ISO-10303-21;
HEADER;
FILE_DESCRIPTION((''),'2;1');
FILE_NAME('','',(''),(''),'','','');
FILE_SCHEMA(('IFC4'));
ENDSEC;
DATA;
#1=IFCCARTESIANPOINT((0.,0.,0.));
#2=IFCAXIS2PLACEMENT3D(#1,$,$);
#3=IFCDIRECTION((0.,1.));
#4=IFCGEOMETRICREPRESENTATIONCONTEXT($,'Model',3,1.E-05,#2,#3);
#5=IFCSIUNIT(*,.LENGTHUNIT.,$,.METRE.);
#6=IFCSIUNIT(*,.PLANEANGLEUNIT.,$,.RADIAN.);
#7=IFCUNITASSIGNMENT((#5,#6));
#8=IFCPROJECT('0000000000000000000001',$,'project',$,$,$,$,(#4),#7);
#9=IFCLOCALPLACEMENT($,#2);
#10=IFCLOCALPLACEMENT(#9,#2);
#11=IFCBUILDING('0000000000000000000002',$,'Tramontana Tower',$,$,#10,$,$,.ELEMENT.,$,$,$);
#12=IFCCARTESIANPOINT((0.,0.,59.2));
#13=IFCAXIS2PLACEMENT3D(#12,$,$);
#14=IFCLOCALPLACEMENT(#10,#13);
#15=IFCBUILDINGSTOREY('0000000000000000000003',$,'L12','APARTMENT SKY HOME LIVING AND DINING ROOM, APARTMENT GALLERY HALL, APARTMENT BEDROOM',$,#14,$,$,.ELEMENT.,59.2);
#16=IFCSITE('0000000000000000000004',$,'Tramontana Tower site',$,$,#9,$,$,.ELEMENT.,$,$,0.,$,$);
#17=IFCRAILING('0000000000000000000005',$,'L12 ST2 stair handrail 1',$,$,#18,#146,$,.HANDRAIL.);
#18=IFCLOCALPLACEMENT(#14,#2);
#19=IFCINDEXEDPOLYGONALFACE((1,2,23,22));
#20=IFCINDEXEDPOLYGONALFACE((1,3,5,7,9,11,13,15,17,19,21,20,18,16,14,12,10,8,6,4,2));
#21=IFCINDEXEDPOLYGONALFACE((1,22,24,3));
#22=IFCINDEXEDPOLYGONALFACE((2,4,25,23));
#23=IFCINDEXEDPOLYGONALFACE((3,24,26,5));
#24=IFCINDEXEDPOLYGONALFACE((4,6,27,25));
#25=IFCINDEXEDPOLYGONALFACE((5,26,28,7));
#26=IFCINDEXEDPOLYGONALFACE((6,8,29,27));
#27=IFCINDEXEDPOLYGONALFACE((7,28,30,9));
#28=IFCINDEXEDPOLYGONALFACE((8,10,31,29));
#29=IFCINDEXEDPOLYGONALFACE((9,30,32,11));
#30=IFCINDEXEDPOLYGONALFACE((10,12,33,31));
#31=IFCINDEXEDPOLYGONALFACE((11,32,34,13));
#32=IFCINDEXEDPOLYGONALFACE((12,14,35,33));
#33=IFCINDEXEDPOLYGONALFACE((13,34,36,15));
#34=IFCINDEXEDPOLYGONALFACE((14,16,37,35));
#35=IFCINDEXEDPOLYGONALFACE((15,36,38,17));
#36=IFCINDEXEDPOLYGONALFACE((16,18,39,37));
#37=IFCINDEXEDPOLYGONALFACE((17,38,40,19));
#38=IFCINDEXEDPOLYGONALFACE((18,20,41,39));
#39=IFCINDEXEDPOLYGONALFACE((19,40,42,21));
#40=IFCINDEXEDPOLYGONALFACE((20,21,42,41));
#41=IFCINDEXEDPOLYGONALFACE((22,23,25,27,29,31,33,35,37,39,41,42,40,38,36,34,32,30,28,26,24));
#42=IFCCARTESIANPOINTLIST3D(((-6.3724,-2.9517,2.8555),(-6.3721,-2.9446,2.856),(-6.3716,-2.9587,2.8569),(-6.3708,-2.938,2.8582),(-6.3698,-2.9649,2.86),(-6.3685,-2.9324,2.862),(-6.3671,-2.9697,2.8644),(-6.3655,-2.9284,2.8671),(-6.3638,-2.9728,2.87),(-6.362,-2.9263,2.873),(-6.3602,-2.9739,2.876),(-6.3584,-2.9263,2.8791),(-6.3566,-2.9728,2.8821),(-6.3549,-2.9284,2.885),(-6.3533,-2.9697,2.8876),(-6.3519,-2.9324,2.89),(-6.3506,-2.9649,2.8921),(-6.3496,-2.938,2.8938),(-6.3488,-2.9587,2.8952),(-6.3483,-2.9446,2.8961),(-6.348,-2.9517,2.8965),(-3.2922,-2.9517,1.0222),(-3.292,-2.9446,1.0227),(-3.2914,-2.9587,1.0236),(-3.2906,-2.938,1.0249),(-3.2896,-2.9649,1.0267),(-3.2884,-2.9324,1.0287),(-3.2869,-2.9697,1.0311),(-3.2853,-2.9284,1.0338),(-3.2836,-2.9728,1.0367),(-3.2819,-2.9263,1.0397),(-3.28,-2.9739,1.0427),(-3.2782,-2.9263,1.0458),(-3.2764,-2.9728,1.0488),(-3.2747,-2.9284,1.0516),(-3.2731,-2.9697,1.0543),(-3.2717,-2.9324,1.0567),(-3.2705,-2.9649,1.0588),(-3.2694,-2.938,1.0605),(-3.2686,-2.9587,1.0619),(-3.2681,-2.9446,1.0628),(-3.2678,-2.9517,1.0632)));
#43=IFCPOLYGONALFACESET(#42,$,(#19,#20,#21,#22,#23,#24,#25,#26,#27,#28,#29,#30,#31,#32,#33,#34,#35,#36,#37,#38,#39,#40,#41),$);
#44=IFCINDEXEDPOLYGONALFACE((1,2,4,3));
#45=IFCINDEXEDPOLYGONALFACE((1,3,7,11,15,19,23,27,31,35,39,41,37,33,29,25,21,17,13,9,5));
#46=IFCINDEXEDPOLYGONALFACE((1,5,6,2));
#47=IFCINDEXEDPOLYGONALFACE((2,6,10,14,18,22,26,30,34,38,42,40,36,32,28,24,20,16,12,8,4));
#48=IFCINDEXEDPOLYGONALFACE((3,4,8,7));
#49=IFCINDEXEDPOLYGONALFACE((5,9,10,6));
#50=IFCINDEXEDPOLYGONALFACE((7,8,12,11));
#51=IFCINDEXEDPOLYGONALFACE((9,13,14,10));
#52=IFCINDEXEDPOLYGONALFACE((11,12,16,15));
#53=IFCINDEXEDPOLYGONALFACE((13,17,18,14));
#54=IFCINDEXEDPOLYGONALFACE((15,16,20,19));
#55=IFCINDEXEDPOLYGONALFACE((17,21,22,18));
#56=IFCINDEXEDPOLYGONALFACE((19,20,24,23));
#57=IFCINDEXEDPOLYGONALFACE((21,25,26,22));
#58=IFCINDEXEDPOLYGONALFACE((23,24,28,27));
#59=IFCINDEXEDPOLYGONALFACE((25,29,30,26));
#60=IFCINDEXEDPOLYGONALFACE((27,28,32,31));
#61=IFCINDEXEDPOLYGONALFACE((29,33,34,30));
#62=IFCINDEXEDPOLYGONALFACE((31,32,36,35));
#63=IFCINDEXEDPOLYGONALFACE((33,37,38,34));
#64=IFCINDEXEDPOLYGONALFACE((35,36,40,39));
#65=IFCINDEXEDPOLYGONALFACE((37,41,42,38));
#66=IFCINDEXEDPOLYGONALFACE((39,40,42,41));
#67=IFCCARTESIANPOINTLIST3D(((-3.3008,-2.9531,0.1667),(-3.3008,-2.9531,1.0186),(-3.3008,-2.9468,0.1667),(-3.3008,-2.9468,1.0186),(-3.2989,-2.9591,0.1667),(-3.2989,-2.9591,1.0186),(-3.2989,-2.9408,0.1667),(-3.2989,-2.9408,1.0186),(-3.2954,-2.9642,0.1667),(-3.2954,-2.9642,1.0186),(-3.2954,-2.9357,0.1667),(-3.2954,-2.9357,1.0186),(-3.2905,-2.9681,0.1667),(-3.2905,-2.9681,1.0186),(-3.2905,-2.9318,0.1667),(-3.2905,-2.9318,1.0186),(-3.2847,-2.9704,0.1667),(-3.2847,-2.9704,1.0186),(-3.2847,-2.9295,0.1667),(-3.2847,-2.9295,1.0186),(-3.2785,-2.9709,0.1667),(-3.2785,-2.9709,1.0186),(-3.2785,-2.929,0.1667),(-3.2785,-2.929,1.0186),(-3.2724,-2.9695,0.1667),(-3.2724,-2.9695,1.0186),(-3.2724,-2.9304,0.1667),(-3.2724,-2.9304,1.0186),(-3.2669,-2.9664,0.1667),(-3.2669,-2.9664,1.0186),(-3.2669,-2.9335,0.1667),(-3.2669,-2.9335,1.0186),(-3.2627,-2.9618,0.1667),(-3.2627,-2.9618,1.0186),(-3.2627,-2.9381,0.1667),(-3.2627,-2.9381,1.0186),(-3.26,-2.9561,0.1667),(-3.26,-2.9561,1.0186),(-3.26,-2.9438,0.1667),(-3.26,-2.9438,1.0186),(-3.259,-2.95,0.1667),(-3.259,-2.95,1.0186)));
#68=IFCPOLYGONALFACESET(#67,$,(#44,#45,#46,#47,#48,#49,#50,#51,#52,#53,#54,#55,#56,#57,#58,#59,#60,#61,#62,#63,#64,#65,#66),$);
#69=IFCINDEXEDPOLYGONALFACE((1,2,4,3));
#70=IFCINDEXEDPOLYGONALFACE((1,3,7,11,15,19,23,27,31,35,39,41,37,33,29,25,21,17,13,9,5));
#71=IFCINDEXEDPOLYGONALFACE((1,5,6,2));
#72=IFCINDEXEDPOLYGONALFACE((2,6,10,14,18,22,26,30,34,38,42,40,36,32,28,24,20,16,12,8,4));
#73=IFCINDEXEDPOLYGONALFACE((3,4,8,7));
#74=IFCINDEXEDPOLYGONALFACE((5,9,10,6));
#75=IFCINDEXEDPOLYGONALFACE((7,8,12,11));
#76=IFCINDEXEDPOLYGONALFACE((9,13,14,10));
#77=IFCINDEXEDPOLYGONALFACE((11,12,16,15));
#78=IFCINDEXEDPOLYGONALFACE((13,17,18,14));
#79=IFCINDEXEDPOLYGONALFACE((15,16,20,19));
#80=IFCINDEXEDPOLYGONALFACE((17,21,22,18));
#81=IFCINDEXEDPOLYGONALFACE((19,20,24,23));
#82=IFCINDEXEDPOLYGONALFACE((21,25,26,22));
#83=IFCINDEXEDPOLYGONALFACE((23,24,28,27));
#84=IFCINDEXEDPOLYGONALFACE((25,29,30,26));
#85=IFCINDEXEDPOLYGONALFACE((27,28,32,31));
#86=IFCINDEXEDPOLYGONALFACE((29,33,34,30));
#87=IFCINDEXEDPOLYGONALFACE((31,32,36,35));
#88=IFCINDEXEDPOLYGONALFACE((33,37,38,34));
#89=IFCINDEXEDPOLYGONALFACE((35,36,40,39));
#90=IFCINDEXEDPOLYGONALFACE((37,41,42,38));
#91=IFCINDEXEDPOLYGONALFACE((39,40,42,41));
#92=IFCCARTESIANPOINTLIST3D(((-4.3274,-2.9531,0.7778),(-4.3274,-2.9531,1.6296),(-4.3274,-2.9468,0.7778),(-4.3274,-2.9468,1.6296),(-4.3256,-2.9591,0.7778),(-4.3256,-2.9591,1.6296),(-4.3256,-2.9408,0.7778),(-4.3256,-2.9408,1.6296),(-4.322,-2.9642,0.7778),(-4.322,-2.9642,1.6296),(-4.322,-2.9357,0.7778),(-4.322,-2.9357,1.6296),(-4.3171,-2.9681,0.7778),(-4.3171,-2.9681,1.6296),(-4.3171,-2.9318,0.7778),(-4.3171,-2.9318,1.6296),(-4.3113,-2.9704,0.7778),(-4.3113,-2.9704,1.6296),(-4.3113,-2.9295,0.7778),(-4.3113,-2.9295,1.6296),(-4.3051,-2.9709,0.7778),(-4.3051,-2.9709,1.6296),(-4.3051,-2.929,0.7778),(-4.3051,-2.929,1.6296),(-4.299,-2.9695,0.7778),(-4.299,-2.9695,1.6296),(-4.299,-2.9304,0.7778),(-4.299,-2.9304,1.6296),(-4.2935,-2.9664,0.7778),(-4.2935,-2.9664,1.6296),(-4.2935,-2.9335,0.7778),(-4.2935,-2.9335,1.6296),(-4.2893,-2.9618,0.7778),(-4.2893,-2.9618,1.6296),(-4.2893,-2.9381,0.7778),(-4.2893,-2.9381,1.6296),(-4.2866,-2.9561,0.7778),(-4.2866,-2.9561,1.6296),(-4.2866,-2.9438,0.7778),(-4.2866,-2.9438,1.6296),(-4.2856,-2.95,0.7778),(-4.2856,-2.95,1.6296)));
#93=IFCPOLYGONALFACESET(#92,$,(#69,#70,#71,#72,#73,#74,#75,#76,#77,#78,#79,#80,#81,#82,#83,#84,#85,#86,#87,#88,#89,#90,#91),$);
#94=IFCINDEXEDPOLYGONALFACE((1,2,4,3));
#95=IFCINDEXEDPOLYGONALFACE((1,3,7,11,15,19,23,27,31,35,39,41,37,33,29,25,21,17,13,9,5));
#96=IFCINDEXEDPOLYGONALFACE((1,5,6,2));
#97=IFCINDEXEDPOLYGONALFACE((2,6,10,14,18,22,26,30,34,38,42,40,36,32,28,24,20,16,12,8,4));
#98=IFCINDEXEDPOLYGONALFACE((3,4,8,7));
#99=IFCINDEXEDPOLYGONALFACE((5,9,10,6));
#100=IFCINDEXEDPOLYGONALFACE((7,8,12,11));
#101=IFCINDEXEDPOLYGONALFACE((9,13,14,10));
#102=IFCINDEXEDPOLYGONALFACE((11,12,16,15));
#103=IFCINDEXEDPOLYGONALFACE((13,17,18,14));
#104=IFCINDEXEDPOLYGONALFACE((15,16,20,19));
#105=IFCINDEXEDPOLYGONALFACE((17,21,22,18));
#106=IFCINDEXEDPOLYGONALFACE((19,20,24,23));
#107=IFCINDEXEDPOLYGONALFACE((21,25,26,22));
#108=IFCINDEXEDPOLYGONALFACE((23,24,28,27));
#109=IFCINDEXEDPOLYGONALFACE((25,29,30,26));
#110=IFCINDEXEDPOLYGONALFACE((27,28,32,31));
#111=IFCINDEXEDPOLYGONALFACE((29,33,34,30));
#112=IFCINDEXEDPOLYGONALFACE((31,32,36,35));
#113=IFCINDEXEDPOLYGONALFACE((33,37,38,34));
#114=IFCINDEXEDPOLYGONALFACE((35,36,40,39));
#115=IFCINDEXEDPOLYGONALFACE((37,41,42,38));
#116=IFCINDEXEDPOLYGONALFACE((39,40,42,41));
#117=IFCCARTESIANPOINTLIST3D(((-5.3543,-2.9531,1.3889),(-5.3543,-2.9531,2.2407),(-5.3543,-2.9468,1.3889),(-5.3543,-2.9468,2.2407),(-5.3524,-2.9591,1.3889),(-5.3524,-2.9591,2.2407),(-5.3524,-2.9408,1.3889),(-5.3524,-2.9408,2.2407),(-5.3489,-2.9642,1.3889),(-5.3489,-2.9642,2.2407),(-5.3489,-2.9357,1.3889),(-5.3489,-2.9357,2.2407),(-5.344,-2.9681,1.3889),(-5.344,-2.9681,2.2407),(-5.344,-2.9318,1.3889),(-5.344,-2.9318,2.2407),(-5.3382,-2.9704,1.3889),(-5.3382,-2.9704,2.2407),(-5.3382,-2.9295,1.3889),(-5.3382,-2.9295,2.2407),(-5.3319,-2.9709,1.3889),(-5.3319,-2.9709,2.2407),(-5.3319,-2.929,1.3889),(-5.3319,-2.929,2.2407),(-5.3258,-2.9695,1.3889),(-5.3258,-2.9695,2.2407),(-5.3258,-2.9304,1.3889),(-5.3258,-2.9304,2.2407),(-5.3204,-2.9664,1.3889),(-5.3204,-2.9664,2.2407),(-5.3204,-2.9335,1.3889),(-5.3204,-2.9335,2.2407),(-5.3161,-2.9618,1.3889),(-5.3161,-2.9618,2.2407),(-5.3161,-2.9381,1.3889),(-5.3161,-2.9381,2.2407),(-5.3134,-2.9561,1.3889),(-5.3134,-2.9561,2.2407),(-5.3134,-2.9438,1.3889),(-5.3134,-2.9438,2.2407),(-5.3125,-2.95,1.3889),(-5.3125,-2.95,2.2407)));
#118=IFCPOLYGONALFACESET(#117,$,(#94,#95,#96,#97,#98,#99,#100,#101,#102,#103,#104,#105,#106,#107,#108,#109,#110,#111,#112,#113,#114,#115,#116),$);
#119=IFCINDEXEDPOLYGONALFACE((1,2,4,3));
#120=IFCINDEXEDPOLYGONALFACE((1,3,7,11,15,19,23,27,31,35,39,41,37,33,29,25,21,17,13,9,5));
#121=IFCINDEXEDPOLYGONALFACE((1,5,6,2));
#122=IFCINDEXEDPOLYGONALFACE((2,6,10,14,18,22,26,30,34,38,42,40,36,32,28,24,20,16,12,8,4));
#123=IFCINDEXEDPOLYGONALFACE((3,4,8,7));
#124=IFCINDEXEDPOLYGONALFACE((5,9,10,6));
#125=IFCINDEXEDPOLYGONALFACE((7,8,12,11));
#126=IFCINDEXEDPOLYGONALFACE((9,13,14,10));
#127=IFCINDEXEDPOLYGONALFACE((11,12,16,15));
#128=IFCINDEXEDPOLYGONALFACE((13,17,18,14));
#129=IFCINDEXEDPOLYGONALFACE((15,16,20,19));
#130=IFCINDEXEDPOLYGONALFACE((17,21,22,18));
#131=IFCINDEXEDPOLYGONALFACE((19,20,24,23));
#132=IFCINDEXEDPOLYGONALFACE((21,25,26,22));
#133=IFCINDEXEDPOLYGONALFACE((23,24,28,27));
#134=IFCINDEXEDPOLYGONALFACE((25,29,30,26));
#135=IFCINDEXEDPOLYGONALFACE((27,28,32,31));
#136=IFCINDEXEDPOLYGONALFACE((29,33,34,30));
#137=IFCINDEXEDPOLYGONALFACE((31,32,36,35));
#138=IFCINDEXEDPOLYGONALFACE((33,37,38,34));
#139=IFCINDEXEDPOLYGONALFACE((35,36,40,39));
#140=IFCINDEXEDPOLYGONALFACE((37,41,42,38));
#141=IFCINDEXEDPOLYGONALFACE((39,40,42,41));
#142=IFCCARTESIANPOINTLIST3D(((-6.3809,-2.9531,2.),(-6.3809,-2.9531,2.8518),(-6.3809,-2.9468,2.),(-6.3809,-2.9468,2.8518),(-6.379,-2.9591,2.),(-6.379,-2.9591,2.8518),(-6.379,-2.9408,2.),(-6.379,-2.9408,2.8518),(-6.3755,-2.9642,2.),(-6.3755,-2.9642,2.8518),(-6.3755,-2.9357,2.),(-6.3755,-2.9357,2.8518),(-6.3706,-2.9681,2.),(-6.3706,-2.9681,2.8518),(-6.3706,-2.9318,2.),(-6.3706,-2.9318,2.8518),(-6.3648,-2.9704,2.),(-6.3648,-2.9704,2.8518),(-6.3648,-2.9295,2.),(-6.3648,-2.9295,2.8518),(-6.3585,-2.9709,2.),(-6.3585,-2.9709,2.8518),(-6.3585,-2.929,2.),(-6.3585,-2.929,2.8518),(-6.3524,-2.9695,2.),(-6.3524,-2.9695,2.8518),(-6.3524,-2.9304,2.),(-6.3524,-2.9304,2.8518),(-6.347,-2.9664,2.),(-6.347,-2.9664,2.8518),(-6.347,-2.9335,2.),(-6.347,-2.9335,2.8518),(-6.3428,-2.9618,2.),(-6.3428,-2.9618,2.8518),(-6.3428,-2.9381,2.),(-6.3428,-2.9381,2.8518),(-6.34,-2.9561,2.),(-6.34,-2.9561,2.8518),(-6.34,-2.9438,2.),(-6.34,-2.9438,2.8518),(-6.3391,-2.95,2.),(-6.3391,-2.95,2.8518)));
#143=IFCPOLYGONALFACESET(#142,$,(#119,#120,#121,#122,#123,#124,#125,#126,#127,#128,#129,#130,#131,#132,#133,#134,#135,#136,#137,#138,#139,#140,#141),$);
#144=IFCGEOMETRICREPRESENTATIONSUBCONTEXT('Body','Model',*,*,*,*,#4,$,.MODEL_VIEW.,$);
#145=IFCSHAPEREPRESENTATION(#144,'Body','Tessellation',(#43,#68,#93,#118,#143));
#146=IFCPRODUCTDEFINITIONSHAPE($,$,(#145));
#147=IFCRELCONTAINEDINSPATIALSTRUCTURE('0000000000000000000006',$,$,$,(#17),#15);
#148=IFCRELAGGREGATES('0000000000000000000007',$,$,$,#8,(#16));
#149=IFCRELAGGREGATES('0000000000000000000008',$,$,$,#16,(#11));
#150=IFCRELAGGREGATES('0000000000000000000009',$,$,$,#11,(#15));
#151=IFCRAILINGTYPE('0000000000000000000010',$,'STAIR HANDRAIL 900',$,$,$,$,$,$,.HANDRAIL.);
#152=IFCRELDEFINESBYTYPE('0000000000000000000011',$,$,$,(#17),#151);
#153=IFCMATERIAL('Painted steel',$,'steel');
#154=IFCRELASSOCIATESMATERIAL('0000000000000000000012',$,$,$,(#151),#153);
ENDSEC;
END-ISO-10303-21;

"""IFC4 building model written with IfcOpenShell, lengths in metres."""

from ifc_helpers import new_model, si_unit, direction, frame, origin, origin_2d, place, context, subcontext, project, spatial, circle, extrude, material, type_object, element, save


model = new_model("IFC4")

# Units and contexts
model_context = context("Model", 3, precision=1e-05, world=origin(), true_north=direction((0.0, 1.0)))
body_context = subcontext(model_context, "Body", "Model", "MODEL_VIEW")
ifc_project = project(units=[si_unit("LENGTHUNIT", "METRE"), si_unit("PLANEANGLEUNIT", "RADIAN")], contexts=[model_context])

# Site, building, storey
site_placement = place(None, origin())
site = spatial("IfcSite", under=ifc_project, at=site_placement, Name="Tramontana Tower site", CompositionType="ELEMENT", RefElevation=0.0)
building_placement = place(site_placement, origin())
building = spatial("IfcBuilding", under=site, at=building_placement, Name="Tramontana Tower", CompositionType="ELEMENT")
storey_placement = place(building_placement, frame((0.0, 0.0, 59.2)))
storey = spatial("IfcBuildingStorey", under=building, at=storey_placement, Name="L12", Description="APARTMENT SKY HOME LIVING AND DINING ROOM, APARTMENT GALLERY HALL, APARTMENT BEDROOM", CompositionType="ELEMENT", Elevation=59.2)

# Railing
ifc_material_1 = material(Name="Painted steel", Category="steel")
railing_type_1 = type_object("IfcRailingType", Name="STAIR HANDRAIL 900", PredefinedType="HANDRAIL", material=ifc_material_1)
railing_1_placement = place(storey_placement, frame((-3.28, -2.95, 0.1667)))
element("IfcRailing", 1, at=railing_1_placement, inside=storey, type_object=railing_type_1, Name="L12 ST2 stair handrail 1", PredefinedType="HANDRAIL", context=body_context, shape_type="SweptSolid", body=[
    extrude(circle(Radius=0.0239, at=origin_2d()), frame((0.0, 0.0, 0.876), z_axis=(-0.859309, 0.0, 0.511458), x_axis=(0.0, -1.0, 0.0)), (0.0, 0.0, 1.0), 3.5845),
    extrude(circle(Radius=0.021, at=origin_2d()), origin(), (0.0, 0.0, 1.0), 0.8518),
    extrude(circle(Radius=0.021, at=origin_2d()), frame((-1.0266, 0.0, 0.6111)), (0.0, 0.0, 1.0), 0.8518),
    extrude(circle(Radius=0.021, at=origin_2d()), frame((-2.0535, 0.0, 1.2222)), (0.0, 0.0, 1.0), 0.8518),
    extrude(circle(Radius=0.021, at=origin_2d()), frame((-3.0801, 0.0, 1.8333)), (0.0, 0.0, 1.0), 0.8518),
])

save(model, "model.ifc")
